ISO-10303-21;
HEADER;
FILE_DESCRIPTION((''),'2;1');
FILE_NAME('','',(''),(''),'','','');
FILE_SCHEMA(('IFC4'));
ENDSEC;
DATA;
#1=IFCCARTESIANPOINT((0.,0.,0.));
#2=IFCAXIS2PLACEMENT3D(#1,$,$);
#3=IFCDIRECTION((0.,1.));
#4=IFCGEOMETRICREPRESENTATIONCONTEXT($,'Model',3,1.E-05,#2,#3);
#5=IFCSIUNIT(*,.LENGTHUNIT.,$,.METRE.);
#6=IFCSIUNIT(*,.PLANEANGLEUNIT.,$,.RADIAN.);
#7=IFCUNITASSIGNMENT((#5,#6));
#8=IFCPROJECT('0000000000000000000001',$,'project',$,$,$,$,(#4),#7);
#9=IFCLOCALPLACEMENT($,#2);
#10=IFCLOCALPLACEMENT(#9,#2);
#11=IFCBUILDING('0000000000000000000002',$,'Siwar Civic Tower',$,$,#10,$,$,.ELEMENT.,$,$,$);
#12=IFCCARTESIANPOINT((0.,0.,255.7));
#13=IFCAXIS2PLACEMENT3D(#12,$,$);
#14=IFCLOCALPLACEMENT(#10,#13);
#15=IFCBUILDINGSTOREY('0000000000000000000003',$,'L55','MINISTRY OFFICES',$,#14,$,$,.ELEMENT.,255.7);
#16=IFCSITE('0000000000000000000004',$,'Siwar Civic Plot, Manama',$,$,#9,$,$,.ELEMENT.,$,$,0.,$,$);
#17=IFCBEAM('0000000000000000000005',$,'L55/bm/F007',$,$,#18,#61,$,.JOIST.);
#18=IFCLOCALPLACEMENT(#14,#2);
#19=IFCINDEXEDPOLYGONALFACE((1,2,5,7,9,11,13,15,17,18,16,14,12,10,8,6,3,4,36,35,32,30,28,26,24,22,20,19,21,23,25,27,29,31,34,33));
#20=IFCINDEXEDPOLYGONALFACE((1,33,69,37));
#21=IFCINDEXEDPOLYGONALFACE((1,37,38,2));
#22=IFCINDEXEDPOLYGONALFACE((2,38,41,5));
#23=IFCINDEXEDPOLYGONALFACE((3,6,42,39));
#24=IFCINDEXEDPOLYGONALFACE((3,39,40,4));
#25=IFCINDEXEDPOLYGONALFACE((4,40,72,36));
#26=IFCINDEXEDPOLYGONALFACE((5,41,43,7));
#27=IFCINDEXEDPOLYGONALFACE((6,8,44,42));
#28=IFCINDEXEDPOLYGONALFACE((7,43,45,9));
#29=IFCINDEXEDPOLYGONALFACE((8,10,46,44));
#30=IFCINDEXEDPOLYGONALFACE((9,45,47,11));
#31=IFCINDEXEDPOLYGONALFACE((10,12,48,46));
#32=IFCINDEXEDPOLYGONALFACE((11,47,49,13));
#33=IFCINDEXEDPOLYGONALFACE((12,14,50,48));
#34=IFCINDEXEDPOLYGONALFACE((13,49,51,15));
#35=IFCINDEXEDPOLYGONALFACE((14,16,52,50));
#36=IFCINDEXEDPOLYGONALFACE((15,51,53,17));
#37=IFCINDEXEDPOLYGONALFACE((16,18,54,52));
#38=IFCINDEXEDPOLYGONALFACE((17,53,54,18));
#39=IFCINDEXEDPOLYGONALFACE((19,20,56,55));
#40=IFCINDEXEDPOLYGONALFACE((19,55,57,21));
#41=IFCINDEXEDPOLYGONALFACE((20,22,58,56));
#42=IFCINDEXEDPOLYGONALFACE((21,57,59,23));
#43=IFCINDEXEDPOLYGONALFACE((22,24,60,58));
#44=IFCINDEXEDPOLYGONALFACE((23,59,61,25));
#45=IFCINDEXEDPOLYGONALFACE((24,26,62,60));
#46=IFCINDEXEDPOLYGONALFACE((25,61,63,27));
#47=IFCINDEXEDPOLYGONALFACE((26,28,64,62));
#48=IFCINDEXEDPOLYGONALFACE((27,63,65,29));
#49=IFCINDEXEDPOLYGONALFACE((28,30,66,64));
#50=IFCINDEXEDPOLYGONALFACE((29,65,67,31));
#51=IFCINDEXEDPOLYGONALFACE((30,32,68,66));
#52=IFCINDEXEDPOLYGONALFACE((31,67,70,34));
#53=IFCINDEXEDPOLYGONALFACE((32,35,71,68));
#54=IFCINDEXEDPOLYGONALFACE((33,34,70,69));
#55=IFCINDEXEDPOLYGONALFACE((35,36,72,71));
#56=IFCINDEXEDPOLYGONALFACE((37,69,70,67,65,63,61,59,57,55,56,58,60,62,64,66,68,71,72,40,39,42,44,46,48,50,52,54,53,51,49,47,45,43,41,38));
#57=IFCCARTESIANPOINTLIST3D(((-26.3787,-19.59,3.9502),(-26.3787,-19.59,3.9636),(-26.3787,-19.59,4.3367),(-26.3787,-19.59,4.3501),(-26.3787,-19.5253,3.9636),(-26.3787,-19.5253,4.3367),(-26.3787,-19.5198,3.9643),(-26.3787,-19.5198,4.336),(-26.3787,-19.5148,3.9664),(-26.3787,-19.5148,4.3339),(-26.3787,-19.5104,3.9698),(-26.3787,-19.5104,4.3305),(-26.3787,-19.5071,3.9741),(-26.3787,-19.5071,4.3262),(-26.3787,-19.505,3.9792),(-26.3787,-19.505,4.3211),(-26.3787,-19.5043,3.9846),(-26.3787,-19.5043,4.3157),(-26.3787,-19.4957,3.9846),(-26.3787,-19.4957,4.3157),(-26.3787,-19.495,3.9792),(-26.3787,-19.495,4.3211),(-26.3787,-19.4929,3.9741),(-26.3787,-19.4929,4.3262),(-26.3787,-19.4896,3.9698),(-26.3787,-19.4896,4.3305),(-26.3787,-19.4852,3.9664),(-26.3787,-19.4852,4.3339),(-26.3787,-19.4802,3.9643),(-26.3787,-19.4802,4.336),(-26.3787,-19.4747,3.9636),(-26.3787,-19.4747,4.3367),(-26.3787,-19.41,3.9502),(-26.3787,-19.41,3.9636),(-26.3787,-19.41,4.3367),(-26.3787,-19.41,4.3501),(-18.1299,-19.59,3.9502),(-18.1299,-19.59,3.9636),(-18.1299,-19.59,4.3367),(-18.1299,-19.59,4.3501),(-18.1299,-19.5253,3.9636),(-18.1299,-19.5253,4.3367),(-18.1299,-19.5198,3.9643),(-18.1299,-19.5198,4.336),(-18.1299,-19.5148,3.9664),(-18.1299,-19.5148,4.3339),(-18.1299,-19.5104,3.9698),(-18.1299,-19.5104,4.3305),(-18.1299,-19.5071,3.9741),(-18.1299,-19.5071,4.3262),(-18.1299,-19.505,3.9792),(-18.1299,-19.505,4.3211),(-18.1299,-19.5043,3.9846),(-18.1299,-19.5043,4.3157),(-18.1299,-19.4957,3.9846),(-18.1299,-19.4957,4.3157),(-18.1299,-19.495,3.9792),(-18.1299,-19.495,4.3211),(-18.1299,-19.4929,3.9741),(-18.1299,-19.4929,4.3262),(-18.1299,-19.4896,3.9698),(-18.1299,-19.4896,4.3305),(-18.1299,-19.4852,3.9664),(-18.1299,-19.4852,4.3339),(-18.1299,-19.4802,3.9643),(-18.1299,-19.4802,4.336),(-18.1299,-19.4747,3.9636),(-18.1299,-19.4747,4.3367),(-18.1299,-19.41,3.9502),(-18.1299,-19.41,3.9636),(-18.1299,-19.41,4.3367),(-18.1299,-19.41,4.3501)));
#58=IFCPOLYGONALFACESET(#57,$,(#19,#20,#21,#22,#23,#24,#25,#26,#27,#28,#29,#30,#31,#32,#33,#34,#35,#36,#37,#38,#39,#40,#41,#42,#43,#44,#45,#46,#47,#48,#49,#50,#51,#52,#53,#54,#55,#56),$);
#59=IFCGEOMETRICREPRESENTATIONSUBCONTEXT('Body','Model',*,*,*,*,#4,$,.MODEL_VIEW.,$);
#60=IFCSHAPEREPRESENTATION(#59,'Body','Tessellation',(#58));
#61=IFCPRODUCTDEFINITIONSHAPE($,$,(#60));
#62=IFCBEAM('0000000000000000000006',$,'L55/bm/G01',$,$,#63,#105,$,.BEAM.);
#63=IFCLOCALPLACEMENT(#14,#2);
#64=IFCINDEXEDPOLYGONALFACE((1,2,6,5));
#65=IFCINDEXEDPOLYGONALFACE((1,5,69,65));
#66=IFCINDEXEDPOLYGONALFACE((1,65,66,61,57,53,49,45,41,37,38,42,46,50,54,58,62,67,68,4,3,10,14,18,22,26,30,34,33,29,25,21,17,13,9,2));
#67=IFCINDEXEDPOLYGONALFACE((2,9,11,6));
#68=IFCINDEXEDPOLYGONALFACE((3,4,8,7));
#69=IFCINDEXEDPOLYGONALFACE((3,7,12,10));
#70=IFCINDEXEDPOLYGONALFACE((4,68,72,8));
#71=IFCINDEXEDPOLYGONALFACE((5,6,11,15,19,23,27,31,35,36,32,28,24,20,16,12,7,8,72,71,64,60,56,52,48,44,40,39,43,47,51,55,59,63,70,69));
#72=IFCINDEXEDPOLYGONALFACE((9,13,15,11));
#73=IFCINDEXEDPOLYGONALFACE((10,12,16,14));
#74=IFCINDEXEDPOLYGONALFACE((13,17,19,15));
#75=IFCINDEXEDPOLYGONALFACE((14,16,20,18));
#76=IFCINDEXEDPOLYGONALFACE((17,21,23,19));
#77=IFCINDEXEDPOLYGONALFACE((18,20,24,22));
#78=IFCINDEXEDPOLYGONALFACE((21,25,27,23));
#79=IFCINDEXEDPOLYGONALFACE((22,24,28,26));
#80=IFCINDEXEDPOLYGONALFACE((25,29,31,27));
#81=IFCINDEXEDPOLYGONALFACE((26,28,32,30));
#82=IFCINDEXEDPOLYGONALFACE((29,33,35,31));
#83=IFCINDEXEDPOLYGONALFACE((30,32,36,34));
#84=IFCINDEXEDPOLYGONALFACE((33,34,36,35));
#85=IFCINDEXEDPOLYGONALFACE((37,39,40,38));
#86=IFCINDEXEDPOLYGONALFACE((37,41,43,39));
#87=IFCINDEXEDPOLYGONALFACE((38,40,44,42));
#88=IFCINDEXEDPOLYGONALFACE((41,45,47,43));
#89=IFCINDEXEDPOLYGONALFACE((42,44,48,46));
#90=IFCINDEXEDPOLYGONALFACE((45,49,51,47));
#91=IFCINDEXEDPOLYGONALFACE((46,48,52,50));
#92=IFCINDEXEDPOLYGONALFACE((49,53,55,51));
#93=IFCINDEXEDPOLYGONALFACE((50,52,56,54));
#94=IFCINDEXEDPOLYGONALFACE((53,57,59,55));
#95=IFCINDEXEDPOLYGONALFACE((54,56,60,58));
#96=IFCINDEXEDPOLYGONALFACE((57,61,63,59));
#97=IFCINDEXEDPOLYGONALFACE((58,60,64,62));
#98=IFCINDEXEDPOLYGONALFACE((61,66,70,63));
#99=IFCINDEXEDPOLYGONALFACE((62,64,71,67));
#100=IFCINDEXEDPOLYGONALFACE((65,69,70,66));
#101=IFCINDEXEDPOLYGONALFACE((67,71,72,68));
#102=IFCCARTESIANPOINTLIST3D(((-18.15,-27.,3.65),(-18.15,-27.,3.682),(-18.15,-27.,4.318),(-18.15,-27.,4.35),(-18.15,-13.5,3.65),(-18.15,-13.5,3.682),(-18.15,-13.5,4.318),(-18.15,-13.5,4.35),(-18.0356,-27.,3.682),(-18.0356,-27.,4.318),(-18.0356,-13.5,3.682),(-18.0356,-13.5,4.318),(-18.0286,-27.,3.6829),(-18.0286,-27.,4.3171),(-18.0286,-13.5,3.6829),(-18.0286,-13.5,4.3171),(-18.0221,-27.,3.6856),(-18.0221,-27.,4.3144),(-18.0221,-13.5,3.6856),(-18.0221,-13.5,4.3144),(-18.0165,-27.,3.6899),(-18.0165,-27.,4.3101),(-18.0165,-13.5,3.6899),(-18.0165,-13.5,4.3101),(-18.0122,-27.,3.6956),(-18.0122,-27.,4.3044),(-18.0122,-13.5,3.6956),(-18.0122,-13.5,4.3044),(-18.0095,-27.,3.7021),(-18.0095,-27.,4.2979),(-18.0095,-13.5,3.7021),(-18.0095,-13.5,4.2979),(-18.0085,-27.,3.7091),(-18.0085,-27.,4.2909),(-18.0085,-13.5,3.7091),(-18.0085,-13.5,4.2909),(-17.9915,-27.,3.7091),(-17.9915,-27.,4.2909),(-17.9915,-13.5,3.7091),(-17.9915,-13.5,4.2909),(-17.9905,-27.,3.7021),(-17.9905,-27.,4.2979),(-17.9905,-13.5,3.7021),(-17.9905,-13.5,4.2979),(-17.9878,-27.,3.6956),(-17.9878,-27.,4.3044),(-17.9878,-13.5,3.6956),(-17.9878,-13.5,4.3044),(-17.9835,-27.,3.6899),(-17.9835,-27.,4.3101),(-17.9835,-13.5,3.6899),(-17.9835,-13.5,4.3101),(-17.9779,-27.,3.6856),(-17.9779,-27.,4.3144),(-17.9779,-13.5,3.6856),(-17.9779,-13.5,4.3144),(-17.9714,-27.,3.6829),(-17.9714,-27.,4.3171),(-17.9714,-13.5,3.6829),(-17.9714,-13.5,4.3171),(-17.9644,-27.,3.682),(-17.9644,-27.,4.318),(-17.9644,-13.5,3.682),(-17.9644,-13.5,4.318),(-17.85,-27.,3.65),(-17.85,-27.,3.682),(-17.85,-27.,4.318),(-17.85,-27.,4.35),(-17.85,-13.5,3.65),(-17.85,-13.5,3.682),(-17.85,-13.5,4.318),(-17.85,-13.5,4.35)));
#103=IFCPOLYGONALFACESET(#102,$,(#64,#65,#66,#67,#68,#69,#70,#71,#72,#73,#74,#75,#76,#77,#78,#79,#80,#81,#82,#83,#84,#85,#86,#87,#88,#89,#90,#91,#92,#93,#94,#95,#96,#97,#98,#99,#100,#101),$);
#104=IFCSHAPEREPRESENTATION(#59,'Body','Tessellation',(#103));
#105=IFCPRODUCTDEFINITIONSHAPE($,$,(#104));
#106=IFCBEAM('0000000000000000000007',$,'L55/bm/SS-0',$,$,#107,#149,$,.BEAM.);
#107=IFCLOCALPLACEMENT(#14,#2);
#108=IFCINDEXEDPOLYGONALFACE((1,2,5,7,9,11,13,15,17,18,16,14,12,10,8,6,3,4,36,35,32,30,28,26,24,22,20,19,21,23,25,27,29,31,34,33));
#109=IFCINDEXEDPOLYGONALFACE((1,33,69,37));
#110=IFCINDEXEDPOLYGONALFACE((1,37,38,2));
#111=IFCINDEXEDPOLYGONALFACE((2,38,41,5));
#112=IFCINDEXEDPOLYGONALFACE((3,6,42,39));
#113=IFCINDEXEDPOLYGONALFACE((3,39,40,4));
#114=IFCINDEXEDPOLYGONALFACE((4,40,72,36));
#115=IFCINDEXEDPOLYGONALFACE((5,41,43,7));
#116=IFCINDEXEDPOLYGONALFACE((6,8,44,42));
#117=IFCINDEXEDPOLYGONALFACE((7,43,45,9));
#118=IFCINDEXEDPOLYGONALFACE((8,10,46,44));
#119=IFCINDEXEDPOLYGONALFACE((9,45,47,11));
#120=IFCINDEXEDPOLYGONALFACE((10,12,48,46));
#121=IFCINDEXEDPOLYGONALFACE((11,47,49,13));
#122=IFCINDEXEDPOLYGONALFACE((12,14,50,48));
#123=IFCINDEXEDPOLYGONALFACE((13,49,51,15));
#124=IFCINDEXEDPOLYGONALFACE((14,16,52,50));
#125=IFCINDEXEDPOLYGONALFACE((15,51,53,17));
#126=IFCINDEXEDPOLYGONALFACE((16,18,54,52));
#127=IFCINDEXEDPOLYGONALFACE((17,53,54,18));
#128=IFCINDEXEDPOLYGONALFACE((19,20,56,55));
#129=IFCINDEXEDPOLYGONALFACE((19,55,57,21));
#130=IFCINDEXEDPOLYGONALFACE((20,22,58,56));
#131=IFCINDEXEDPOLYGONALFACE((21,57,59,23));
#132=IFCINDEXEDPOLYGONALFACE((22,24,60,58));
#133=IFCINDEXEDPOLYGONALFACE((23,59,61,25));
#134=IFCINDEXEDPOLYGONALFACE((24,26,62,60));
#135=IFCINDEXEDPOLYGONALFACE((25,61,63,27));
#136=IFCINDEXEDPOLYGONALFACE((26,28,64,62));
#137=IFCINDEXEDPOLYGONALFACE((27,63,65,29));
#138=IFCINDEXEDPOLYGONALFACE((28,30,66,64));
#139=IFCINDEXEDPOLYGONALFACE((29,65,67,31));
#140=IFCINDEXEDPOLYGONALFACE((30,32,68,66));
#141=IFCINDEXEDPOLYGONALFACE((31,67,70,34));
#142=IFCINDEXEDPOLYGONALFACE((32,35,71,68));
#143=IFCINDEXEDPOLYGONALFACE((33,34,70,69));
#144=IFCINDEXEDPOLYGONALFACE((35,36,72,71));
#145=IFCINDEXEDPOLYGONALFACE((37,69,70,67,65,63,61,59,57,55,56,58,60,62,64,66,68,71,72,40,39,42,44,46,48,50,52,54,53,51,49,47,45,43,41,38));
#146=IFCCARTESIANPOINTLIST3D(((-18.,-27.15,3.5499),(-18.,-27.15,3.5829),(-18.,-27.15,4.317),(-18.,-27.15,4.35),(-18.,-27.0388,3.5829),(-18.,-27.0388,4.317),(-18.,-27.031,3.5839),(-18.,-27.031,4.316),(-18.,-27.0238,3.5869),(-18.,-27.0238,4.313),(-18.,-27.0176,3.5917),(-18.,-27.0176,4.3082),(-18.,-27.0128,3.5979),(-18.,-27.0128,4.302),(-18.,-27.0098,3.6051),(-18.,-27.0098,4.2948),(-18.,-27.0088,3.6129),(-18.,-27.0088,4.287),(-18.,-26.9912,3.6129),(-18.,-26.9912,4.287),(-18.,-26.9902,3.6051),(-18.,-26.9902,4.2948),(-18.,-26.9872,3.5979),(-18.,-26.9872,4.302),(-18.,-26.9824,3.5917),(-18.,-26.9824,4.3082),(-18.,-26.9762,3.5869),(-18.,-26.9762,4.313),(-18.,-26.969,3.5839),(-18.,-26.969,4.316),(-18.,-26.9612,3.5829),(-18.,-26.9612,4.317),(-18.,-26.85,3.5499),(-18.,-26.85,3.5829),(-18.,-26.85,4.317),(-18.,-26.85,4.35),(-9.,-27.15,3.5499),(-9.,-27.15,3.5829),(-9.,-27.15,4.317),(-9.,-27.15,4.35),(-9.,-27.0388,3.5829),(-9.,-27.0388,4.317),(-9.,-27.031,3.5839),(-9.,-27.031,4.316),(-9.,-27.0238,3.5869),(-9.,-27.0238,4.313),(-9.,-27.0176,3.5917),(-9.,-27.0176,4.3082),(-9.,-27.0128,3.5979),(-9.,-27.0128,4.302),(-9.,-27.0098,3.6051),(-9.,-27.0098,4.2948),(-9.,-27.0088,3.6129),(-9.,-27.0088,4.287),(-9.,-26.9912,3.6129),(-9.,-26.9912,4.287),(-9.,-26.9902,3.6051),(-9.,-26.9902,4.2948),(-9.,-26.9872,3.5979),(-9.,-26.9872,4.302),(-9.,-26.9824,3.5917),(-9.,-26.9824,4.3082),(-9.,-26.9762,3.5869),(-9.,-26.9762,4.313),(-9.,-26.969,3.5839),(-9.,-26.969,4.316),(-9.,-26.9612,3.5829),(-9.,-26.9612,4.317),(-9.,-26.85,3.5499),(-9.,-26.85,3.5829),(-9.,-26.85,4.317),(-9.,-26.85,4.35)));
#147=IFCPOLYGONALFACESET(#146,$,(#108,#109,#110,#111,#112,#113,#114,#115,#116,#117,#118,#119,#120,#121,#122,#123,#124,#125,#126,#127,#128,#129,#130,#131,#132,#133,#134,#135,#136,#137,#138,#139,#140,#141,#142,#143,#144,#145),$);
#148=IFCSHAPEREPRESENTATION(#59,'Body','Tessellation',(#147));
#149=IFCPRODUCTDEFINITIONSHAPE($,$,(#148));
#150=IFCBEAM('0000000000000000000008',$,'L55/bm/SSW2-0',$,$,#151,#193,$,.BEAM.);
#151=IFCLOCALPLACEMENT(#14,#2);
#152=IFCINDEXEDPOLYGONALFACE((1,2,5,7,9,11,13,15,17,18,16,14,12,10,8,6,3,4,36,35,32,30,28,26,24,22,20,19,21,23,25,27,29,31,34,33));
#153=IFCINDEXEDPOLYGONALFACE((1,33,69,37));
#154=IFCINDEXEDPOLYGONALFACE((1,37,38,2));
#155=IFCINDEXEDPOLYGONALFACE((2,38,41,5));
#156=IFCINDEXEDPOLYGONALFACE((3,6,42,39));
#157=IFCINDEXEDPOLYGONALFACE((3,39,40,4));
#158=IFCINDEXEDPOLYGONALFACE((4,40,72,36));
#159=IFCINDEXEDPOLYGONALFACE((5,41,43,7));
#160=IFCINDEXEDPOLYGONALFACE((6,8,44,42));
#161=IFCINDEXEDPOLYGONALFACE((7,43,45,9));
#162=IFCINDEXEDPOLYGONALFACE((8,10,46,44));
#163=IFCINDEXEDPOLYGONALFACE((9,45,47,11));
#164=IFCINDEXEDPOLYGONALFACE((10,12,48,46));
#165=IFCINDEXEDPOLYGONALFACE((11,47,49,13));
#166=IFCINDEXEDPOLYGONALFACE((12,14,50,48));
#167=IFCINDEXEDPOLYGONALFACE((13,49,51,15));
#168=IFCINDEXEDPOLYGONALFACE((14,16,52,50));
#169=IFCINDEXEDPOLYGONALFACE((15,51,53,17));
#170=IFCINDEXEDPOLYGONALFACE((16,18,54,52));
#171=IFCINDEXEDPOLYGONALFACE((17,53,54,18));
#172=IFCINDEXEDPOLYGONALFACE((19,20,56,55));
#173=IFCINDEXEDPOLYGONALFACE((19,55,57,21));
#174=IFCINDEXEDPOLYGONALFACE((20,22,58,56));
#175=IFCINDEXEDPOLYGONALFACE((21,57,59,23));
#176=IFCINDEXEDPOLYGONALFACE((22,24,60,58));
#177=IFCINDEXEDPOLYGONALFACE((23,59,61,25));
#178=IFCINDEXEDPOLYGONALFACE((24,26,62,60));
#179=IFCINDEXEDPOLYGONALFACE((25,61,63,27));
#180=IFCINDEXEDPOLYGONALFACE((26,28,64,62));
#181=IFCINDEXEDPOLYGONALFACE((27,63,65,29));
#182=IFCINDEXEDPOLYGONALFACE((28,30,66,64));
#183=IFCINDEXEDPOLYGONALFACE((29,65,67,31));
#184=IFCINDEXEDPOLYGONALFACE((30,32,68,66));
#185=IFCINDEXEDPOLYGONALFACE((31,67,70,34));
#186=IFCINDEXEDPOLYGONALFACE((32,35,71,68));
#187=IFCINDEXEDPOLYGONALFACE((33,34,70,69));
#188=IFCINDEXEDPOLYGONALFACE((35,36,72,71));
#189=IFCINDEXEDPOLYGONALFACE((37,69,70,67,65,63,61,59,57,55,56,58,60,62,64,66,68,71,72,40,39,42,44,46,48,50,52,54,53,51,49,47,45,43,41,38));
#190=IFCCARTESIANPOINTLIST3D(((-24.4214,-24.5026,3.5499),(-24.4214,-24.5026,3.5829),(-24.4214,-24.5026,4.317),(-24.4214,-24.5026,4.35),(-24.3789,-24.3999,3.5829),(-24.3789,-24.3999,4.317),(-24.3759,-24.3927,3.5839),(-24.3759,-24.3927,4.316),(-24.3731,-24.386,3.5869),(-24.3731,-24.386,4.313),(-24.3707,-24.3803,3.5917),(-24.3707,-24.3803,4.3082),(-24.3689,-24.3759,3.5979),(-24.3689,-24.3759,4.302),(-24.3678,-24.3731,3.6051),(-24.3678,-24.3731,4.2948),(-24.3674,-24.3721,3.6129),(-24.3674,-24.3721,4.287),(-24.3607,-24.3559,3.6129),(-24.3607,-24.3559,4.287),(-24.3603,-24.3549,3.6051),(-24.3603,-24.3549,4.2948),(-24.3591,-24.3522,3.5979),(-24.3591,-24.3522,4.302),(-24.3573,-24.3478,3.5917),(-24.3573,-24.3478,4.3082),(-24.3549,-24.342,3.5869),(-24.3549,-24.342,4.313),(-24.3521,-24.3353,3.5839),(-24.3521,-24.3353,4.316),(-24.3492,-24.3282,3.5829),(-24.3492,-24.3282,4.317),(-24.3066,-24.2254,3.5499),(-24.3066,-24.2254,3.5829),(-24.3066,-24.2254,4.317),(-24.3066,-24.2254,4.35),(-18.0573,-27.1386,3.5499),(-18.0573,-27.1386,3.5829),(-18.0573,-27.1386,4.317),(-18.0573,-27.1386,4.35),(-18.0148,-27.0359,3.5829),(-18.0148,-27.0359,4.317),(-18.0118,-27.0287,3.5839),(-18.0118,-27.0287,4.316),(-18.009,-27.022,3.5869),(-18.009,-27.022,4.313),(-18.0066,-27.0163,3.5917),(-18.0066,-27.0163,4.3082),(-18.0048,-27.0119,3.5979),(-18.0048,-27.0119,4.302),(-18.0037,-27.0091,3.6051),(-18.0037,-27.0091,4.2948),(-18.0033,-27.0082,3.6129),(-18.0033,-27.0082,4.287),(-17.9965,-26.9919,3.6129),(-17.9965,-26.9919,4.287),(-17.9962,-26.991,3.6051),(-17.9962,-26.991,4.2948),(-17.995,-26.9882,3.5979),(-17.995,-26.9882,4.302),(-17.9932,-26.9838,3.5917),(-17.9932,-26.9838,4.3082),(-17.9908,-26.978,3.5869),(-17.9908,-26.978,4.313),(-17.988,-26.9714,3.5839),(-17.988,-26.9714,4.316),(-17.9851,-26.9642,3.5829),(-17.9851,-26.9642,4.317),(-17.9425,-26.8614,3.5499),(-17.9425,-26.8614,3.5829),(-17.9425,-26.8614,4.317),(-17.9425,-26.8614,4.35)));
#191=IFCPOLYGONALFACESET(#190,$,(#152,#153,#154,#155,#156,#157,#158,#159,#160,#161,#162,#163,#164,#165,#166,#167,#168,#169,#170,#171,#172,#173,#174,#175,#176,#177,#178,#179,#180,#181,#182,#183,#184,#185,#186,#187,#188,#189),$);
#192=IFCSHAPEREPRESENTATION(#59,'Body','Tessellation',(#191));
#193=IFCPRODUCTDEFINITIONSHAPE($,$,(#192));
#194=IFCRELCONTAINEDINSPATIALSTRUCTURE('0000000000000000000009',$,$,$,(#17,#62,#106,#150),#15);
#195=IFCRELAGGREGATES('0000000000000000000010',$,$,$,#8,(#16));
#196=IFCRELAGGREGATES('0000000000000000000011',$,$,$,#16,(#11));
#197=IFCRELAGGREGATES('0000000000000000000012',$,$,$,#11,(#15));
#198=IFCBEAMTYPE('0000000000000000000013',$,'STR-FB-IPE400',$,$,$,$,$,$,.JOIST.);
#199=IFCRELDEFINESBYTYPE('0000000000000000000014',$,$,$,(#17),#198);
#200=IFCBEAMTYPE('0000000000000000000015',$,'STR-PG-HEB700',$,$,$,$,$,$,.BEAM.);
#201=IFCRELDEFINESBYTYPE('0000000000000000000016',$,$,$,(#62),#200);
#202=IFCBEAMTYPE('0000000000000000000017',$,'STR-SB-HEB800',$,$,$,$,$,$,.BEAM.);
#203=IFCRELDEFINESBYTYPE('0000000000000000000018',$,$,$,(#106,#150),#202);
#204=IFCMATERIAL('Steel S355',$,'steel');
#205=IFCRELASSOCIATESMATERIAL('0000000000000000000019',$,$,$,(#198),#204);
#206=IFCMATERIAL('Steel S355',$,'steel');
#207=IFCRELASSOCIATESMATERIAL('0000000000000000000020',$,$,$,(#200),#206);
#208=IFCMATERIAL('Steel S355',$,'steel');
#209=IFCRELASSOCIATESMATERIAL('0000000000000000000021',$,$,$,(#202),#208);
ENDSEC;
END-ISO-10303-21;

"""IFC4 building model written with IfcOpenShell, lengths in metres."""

from ifc_helpers import new_model, si_unit, direction, frame, origin, origin_2d, place, context, subcontext, project, spatial, i_section, extrude, material, material_profile, profile_set, type_object, element, save


model = new_model("IFC4")

# Units and contexts
model_context = context("Model", 3, precision=1e-05, world=origin(), true_north=direction((0.0, 1.0)))
body_context = subcontext(model_context, "Body", "Model", "MODEL_VIEW")
ifc_project = project(units=[si_unit("LENGTHUNIT", "METRE"), si_unit("PLANEANGLEUNIT", "RADIAN")], contexts=[model_context])

# Site, building, storey
site_placement = place(None, origin())
site = spatial("IfcSite", under=ifc_project, at=site_placement, Name="Siwar Civic Plot, Manama", CompositionType="ELEMENT", RefElevation=0.0)
building_placement = place(site_placement, origin())
building = spatial("IfcBuilding", under=site, at=building_placement, Name="Siwar Civic Tower", CompositionType="ELEMENT")
storey_placement = place(building_placement, frame((0.0, 0.0, 255.7)))
storey = spatial("IfcBuildingStorey", under=building, at=storey_placement, Name="L55", Description="MINISTRY OFFICES", CompositionType="ELEMENT", Elevation=255.7)

# Beams
ifc_material_1 = material(Name="Steel S355", Category="steel")
ifc_material_profile_1 = material_profile(ifc_material_1, i_section(OverallWidth=0.1799, OverallDepth=0.3999, WebThickness=0.0085, FlangeThickness=0.0134, FilletRadius=0.021, at=origin_2d()), Name="IPE400")
ifc_profile_set_1 = profile_set([ifc_material_profile_1], Name="Steel S355")
beam_type_1 = type_object("IfcBeamType", Name="STR-FB-IPE400", PredefinedType="JOIST", material=ifc_profile_set_1)
beam_1_placement = place(storey_placement, frame((-26.3787, -19.5, 4.1501), z_axis=(1.0, 0.0, 0.0), x_axis=(0.0, 1.0, 0.0)))
element("IfcBeam", 1, at=beam_1_placement, inside=storey, type_object=beam_type_1, Name="L55/bm/F007", PredefinedType="JOIST", context=body_context, shape_type="SweptSolid", body=[
    extrude(i_section(OverallWidth=0.1799, OverallDepth=0.3999, WebThickness=0.0085, FlangeThickness=0.0134, FilletRadius=0.021, at=origin_2d()), origin(), (0.0, 0.0, 1.0), 8.2488),
])
ifc_material_2 = material(Name="Steel S355", Category="steel")
ifc_material_profile_2 = material_profile(ifc_material_2, i_section(OverallWidth=0.3, OverallDepth=0.7, WebThickness=0.0171, FlangeThickness=0.032, FilletRadius=0.0271, at=origin_2d()), Name="HEB700")
ifc_profile_set_2 = profile_set([ifc_material_profile_2], Name="Steel S355")
beam_type_2 = type_object("IfcBeamType", Name="STR-PG-HEB700", PredefinedType="BEAM", material=ifc_profile_set_2)
beam_2_placement = place(storey_placement, frame((-18.0, -27.0, 4.0), z_axis=(0.0, 1.0, 0.0), x_axis=(-1.0, 0.0, 0.0)))
element("IfcBeam", 2, at=beam_2_placement, inside=storey, type_object=beam_type_2, Name="L55/bm/G01", PredefinedType="BEAM", context=body_context, shape_type="SweptSolid", body=[
    extrude(i_section(OverallWidth=0.3, OverallDepth=0.7, WebThickness=0.0171, FlangeThickness=0.032, FilletRadius=0.0271, at=origin_2d()), origin(), (0.0, 0.0, 1.0), 13.5),
])
ifc_material_3 = material(Name="Steel S355", Category="steel")
ifc_material_profile_3 = material_profile(ifc_material_3, i_section(OverallWidth=0.3, OverallDepth=0.8, WebThickness=0.0176, FlangeThickness=0.033, FilletRadius=0.03, at=origin_2d()), Name="HEB800")
ifc_profile_set_3 = profile_set([ifc_material_profile_3], Name="Steel S355")
beam_type_3 = type_object("IfcBeamType", Name="STR-SB-HEB800", PredefinedType="BEAM", material=ifc_profile_set_3)
beam_3_placement = place(storey_placement, frame((-18.0, -27.0, 3.95), z_axis=(1.0, 0.0, 0.0), x_axis=(0.0, 1.0, 0.0)))
element("IfcBeam", 3, at=beam_3_placement, inside=storey, type_object=beam_type_3, Name="L55/bm/SS-0", PredefinedType="BEAM", context=body_context, shape_type="SweptSolid", body=[
    extrude(i_section(OverallWidth=0.3, OverallDepth=0.8, WebThickness=0.0176, FlangeThickness=0.033, FilletRadius=0.03, at=origin_2d()), origin(), (0.0, 0.0, 1.0), 9.0),
])
beam_4_placement = place(storey_placement, frame((-24.364, -24.364, 3.95), z_axis=(0.923883, -0.382674, 0.0), x_axis=(0.382674, 0.923883, 0.0)))
element("IfcBeam", 4, at=beam_4_placement, inside=storey, type_object=beam_type_3, Name="L55/bm/SSW2-0", PredefinedType="BEAM", context=body_context, shape_type="SweptSolid", body=[
    extrude(i_section(OverallWidth=0.3, OverallDepth=0.8, WebThickness=0.0176, FlangeThickness=0.033, FilletRadius=0.03, at=origin_2d()), origin(), (0.0, 0.0, 1.0), 6.8884),
])

save(model, "model.ifc")
